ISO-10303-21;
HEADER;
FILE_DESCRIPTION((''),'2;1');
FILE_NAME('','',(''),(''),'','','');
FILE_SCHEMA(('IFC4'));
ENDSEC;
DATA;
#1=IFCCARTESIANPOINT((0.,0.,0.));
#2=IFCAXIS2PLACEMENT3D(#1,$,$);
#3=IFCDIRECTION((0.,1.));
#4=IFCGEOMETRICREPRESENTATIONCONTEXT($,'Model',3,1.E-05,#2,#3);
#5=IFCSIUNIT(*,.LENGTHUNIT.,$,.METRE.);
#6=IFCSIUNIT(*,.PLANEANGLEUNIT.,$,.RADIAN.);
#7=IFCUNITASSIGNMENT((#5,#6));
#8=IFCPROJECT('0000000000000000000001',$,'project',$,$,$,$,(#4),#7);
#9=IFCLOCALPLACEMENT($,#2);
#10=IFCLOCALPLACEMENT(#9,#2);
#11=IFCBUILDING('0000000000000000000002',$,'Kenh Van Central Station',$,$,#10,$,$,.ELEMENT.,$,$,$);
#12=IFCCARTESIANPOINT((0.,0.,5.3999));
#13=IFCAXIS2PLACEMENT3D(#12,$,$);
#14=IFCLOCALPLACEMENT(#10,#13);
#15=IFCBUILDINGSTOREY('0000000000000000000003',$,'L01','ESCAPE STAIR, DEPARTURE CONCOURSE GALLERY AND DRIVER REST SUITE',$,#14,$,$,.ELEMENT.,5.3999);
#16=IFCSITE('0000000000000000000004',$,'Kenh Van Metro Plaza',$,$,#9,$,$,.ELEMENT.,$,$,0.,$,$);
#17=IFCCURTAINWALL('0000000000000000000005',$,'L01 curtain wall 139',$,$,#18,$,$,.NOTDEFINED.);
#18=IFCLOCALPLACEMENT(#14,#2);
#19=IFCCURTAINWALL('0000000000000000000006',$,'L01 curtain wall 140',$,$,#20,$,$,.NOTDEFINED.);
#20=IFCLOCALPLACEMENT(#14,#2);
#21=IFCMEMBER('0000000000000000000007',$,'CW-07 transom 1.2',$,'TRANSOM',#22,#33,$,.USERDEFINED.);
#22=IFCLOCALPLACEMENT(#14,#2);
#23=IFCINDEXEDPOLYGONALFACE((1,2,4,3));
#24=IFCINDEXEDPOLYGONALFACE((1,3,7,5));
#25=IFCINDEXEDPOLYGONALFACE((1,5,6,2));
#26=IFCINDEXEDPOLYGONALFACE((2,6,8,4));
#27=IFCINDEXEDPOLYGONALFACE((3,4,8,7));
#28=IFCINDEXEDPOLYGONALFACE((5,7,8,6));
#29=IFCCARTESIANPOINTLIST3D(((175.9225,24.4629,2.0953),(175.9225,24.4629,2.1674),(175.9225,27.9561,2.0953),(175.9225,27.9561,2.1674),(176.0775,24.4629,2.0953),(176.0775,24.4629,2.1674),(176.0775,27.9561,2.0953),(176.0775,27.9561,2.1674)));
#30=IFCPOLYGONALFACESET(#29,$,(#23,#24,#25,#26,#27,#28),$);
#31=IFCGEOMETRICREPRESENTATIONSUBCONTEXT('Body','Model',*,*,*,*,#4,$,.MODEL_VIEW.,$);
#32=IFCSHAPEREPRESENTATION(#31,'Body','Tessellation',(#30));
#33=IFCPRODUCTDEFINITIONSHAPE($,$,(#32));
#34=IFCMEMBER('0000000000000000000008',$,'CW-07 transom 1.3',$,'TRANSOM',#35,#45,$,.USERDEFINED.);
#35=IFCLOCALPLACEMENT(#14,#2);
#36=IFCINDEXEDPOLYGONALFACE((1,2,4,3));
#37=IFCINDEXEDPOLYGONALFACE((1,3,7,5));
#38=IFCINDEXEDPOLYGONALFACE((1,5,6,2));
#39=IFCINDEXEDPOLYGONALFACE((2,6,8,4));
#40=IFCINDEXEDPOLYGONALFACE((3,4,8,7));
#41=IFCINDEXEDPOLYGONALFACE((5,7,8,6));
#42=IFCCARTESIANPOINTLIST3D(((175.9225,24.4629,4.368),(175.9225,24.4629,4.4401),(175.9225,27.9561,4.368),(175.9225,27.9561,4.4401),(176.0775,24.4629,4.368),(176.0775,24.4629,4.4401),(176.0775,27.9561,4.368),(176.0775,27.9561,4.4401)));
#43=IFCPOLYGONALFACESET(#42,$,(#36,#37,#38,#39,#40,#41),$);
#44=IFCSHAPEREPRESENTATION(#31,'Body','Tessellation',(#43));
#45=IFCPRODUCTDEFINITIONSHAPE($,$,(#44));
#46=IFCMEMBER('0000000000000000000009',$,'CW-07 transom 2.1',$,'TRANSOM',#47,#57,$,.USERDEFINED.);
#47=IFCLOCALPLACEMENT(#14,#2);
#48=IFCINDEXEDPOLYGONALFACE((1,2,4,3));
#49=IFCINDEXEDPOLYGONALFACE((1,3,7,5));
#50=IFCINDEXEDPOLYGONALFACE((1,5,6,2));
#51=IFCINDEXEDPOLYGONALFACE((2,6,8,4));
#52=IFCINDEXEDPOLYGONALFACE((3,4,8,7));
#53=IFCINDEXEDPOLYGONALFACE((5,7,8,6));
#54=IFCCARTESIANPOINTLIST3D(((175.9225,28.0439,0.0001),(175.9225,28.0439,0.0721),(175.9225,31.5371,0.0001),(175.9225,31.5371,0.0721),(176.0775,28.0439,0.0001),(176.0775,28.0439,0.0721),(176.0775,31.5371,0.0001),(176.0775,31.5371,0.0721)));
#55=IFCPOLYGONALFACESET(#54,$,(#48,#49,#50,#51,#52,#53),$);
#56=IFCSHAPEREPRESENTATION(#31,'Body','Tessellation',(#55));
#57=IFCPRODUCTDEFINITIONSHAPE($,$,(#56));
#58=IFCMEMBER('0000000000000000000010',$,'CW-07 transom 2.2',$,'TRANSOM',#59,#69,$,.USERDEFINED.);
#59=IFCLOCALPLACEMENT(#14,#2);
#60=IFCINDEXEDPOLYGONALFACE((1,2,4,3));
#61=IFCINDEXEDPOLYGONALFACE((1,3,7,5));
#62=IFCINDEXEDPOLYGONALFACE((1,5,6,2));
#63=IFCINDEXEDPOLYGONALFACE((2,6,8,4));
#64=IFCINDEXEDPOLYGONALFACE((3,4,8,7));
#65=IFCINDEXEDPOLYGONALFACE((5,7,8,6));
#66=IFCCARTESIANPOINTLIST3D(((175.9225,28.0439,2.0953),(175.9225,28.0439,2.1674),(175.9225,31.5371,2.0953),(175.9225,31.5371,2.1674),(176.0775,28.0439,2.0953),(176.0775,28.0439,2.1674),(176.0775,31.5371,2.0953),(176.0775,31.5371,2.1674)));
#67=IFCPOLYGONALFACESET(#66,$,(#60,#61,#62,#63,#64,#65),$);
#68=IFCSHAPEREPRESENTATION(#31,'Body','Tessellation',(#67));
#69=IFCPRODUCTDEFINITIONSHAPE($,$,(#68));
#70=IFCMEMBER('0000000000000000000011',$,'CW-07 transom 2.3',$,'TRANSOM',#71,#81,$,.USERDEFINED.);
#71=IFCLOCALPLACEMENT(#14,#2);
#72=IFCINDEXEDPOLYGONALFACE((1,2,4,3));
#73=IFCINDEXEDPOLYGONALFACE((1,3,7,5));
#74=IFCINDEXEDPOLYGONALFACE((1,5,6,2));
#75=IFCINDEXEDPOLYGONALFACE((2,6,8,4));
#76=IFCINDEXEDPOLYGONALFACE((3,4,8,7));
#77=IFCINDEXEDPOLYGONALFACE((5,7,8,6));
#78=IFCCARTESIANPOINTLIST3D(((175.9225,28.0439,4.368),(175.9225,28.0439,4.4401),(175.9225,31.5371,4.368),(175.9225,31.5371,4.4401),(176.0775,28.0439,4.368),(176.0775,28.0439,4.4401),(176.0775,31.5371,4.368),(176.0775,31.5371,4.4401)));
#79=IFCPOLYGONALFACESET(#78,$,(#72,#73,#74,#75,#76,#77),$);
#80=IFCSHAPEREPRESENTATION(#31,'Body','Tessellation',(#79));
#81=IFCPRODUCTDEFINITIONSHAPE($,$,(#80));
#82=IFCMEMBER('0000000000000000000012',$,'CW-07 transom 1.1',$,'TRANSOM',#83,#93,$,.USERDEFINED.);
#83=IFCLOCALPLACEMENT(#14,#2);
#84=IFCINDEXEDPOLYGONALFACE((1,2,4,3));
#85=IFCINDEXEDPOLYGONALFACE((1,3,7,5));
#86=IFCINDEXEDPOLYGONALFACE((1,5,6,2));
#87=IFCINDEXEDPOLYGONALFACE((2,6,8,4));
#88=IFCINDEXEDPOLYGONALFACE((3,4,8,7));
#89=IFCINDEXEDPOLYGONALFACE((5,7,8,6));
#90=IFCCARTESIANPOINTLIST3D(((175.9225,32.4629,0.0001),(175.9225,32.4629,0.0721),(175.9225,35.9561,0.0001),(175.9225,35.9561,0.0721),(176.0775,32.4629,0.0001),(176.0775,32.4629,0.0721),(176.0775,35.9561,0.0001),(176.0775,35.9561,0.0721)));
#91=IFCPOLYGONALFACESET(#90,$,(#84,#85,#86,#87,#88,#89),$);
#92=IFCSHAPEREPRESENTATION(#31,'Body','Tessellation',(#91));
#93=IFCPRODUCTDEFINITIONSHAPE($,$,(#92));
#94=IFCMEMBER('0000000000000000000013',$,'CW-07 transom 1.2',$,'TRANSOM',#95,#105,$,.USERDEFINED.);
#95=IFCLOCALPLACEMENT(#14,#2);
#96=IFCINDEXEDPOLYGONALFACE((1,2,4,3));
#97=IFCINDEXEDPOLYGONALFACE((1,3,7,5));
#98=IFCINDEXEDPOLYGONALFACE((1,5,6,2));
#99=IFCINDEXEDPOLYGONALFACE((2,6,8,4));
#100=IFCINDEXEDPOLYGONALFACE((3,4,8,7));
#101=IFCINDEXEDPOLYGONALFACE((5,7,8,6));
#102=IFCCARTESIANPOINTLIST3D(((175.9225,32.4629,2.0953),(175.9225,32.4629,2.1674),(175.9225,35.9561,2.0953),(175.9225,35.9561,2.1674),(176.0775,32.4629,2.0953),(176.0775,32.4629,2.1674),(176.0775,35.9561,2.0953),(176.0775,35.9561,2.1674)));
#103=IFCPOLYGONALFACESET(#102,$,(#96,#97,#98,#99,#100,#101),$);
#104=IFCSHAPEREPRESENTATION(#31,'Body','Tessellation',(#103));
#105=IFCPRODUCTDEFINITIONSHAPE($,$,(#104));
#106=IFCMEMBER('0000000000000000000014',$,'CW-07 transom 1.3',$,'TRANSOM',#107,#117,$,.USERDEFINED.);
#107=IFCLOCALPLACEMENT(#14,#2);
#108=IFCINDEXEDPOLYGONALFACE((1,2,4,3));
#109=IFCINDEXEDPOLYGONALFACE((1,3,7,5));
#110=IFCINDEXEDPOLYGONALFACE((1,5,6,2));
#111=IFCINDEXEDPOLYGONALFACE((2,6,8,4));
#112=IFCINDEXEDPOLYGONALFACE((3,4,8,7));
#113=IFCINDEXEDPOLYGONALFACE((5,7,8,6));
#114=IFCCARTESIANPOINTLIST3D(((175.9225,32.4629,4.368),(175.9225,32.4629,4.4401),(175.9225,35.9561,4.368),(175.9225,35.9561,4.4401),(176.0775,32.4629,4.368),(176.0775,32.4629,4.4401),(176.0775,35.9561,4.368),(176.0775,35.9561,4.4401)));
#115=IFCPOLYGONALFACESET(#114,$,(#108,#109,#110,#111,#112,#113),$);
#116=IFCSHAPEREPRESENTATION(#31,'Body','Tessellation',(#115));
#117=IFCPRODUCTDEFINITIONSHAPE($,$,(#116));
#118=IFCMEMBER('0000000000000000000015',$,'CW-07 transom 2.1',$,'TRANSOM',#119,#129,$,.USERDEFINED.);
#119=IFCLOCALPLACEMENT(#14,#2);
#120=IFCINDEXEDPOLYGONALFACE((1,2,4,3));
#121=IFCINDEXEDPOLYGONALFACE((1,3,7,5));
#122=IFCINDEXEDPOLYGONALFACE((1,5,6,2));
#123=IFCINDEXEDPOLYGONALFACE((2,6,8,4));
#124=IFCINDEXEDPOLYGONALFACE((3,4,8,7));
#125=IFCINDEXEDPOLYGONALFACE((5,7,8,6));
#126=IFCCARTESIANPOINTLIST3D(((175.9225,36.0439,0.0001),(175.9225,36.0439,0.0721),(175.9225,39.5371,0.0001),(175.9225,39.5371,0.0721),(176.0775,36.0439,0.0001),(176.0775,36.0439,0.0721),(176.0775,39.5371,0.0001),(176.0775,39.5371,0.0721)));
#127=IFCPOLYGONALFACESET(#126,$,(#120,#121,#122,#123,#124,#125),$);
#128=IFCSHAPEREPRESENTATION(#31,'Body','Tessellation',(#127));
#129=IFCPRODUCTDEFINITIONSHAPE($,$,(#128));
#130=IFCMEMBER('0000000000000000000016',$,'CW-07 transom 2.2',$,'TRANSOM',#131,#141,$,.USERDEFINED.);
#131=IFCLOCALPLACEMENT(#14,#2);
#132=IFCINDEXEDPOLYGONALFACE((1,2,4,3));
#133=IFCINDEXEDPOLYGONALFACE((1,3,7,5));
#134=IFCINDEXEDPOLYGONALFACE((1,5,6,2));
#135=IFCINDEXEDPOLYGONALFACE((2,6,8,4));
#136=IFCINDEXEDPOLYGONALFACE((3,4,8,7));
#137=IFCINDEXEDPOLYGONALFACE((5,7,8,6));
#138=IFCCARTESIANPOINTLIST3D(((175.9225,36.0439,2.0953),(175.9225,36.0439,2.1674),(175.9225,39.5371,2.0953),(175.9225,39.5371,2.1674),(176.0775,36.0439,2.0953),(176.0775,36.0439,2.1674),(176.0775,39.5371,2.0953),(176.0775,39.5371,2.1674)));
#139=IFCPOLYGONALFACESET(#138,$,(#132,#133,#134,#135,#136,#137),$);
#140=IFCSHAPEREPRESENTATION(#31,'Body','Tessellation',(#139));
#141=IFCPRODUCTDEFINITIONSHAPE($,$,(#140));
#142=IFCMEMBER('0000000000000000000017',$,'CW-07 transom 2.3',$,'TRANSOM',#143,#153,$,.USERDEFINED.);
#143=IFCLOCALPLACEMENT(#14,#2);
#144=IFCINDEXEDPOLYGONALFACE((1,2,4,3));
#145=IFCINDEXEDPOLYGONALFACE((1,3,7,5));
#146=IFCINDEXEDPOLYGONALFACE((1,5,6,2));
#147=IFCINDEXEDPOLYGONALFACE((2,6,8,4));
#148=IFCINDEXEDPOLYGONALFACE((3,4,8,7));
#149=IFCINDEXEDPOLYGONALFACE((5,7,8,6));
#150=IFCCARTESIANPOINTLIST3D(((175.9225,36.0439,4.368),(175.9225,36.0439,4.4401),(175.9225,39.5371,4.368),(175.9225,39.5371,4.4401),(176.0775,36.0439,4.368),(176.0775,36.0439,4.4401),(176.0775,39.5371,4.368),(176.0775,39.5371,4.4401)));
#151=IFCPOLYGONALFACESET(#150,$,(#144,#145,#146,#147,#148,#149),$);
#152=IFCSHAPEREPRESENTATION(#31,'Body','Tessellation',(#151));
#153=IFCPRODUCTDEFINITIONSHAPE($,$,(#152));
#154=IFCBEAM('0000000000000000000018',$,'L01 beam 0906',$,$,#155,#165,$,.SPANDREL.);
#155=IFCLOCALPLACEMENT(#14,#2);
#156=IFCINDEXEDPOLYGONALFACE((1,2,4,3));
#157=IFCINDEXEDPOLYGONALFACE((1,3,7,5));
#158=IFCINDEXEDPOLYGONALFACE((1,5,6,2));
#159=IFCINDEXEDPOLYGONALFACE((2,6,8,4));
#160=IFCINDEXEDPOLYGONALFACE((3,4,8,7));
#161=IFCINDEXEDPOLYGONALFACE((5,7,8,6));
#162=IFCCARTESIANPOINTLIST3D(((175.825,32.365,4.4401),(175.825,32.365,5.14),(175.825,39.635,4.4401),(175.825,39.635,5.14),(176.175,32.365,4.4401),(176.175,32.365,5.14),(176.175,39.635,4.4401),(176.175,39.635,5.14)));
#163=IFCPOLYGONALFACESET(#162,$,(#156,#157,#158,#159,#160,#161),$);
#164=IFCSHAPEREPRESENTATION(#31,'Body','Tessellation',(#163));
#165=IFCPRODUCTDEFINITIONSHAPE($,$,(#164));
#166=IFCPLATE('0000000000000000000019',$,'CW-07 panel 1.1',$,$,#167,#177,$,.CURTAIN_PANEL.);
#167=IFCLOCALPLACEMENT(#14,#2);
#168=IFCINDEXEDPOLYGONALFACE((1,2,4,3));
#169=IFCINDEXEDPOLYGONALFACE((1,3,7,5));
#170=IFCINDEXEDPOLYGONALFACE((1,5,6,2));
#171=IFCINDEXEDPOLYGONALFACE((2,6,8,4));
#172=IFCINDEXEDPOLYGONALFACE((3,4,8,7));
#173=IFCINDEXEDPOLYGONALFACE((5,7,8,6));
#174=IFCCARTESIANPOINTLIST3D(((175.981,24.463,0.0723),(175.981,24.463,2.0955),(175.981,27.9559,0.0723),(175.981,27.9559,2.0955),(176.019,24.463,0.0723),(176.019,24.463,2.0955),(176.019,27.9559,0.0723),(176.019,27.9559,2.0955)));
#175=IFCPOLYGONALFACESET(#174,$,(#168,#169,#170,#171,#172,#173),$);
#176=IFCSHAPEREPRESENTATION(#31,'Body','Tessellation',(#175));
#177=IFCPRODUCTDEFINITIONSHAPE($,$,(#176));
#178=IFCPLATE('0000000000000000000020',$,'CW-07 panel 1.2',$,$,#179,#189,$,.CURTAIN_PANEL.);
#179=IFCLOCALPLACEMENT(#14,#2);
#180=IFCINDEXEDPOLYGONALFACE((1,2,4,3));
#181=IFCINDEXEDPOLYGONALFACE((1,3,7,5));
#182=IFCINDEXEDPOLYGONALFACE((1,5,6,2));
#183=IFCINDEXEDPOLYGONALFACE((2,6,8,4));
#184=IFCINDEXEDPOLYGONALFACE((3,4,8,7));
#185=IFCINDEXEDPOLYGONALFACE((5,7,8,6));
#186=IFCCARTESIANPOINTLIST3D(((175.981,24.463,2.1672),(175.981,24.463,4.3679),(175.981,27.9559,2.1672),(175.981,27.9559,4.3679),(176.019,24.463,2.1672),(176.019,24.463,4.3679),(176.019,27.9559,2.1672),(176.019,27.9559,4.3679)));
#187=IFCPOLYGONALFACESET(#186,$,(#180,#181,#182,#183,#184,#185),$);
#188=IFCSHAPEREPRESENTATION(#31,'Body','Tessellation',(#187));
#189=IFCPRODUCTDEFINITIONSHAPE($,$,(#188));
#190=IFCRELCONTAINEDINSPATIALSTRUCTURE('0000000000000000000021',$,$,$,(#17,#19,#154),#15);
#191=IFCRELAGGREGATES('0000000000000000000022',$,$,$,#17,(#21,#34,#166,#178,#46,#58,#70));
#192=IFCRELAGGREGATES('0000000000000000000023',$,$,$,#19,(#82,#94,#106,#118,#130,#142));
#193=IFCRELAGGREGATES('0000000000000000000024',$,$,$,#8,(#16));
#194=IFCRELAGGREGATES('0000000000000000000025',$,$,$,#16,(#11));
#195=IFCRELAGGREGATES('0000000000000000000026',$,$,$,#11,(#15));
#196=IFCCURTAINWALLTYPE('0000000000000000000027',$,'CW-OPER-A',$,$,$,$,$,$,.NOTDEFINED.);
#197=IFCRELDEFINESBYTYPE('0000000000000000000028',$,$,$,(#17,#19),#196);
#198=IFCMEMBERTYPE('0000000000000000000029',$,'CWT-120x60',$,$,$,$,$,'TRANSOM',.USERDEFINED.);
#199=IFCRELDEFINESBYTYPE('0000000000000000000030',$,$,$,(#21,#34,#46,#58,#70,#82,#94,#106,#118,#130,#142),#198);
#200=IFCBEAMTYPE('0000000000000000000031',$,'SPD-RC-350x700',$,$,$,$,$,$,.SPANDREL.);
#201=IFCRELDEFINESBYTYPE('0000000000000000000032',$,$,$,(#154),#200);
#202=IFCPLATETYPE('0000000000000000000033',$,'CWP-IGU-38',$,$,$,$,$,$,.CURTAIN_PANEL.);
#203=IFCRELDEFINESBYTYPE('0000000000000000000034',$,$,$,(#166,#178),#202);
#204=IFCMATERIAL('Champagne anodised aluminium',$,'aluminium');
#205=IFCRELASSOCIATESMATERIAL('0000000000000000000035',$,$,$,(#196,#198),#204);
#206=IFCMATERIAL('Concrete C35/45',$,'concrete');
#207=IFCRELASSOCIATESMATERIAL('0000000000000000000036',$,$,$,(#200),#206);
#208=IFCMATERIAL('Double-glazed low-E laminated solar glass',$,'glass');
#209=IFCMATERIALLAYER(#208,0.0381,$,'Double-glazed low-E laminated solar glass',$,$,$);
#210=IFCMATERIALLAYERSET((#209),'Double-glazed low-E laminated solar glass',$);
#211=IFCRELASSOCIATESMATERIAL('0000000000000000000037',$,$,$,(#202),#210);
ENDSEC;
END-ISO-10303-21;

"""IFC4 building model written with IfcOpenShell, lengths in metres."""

from ifc_helpers import new_model, si_unit, direction, frame, origin, origin_2d, place, context, subcontext, project, spatial, rectangle, extrude, material, layer, layer_set, material_profile, profile_set, type_object, element, aggregate, save


model = new_model("IFC4")

# Units and contexts
model_context = context("Model", 3, precision=1e-05, world=origin(), true_north=direction((0.0, 1.0)))
body_context = subcontext(model_context, "Body", "Model", "MODEL_VIEW")
ifc_project = project(units=[si_unit("LENGTHUNIT", "METRE"), si_unit("PLANEANGLEUNIT", "RADIAN")], contexts=[model_context])

# Site, building, storey
site_placement = place(None, origin())
site = spatial("IfcSite", under=ifc_project, at=site_placement, Name="Kenh Van Metro Plaza", CompositionType="ELEMENT", RefElevation=0.0)
building_placement = place(site_placement, origin())
building = spatial("IfcBuilding", under=site, at=building_placement, Name="Kenh Van Central Station", CompositionType="ELEMENT")
storey_placement = place(building_placement, frame((0.0, 0.0, 5.3999)))
storey = spatial("IfcBuildingStorey", under=building, at=storey_placement, Name="L01", Description="ESCAPE STAIR, DEPARTURE CONCOURSE GALLERY AND DRIVER REST SUITE", CompositionType="ELEMENT", Elevation=5.3999)

# Shared definitions
ifc_material_1 = material(Name="Concrete C35/45", Category="concrete")

# Curtain walls
ifc_material_2 = material(Name="Champagne anodised aluminium", Category="aluminium")
curtain_wall_type = type_object("IfcCurtainWallType", Name="CW-OPER-A", PredefinedType="NOTDEFINED", material=ifc_material_2)
curtain_wall_1_placement = place(storey_placement, origin())
curtain_wall_1 = element("IfcCurtainWall", 1, at=curtain_wall_1_placement, inside=storey, type_object=curtain_wall_type, Name="L01 curtain wall 139", PredefinedType="NOTDEFINED")
curtain_wall_2_placement = place(storey_placement, origin())
curtain_wall_2 = element("IfcCurtainWall", 2, at=curtain_wall_2_placement, inside=storey, type_object=curtain_wall_type, Name="L01 curtain wall 140", PredefinedType="NOTDEFINED")

# Members
ifc_material_profile_1 = material_profile(ifc_material_2, rectangle(XDim=0.155, YDim=0.072, at=origin_2d()), Name="AL 155x72")
ifc_profile_set_1 = profile_set([ifc_material_profile_1], Name="Champagne anodised aluminium")
member_type_1 = type_object("IfcMemberType", Name="CWT-120x60", ElementType="TRANSOM", PredefinedType="USERDEFINED", material=ifc_profile_set_1)
member_1_placement = place(storey_placement, frame((176.0, 24.4629, 2.1313), z_axis=(0.0, 1.0, 0.0), x_axis=(-1.0, 0.0, 0.0)))
member_1 = element("IfcMember", 3, at=member_1_placement, type_object=member_type_1, Name="CW-07 transom 1.2", ObjectType="TRANSOM", PredefinedType="USERDEFINED", context=body_context, shape_type="SweptSolid", body=[
    extrude(rectangle(XDim=0.155, YDim=0.072, at=origin_2d()), origin(), (0.0, 0.0, 1.0), 3.4932),
])
member_2_placement = place(storey_placement, frame((176.0, 24.4629, 4.4041), z_axis=(0.0, 1.0, 0.0), x_axis=(-1.0, 0.0, 0.0)))
member_2 = element("IfcMember", 4, at=member_2_placement, type_object=member_type_1, Name="CW-07 transom 1.3", ObjectType="TRANSOM", PredefinedType="USERDEFINED", context=body_context, shape_type="SweptSolid", body=[
    extrude(rectangle(XDim=0.155, YDim=0.072, at=origin_2d()), origin(), (0.0, 0.0, 1.0), 3.4932),
])
member_3_placement = place(storey_placement, frame((176.0, 28.0439, 0.0361), z_axis=(0.0, 1.0, 0.0), x_axis=(-1.0, 0.0, 0.0)))
member_3 = element("IfcMember", 5, at=member_3_placement, type_object=member_type_1, Name="CW-07 transom 2.1", ObjectType="TRANSOM", PredefinedType="USERDEFINED", context=body_context, shape_type="SweptSolid", body=[
    extrude(rectangle(XDim=0.155, YDim=0.072, at=origin_2d()), origin(), (0.0, 0.0, 1.0), 3.4932),
])
member_4_placement = place(storey_placement, frame((176.0, 28.0439, 2.1313), z_axis=(0.0, 1.0, 0.0), x_axis=(-1.0, 0.0, 0.0)))
member_4 = element("IfcMember", 6, at=member_4_placement, type_object=member_type_1, Name="CW-07 transom 2.2", ObjectType="TRANSOM", PredefinedType="USERDEFINED", context=body_context, shape_type="SweptSolid", body=[
    extrude(rectangle(XDim=0.155, YDim=0.072, at=origin_2d()), origin(), (0.0, 0.0, 1.0), 3.4932),
])
member_5_placement = place(storey_placement, frame((176.0, 28.0439, 4.4041), z_axis=(0.0, 1.0, 0.0), x_axis=(-1.0, 0.0, 0.0)))
member_5 = element("IfcMember", 7, at=member_5_placement, type_object=member_type_1, Name="CW-07 transom 2.3", ObjectType="TRANSOM", PredefinedType="USERDEFINED", context=body_context, shape_type="SweptSolid", body=[
    extrude(rectangle(XDim=0.155, YDim=0.072, at=origin_2d()), origin(), (0.0, 0.0, 1.0), 3.4932),
])
member_6_placement = place(storey_placement, frame((176.0, 32.4629, 0.0361), z_axis=(0.0, 1.0, 0.0), x_axis=(-1.0, 0.0, 0.0)))
member_6 = element("IfcMember", 8, at=member_6_placement, type_object=member_type_1, Name="CW-07 transom 1.1", ObjectType="TRANSOM", PredefinedType="USERDEFINED", context=body_context, shape_type="SweptSolid", body=[
    extrude(rectangle(XDim=0.155, YDim=0.072, at=origin_2d()), origin(), (0.0, 0.0, 1.0), 3.4932),
])
member_7_placement = place(storey_placement, frame((176.0, 32.4629, 2.1313), z_axis=(0.0, 1.0, 0.0), x_axis=(-1.0, 0.0, 0.0)))
member_7 = element("IfcMember", 9, at=member_7_placement, type_object=member_type_1, Name="CW-07 transom 1.2", ObjectType="TRANSOM", PredefinedType="USERDEFINED", context=body_context, shape_type="SweptSolid", body=[
    extrude(rectangle(XDim=0.155, YDim=0.072, at=origin_2d()), origin(), (0.0, 0.0, 1.0), 3.4932),
])
member_8_placement = place(storey_placement, frame((176.0, 32.4629, 4.4041), z_axis=(0.0, 1.0, 0.0), x_axis=(-1.0, 0.0, 0.0)))
member_8 = element("IfcMember", 10, at=member_8_placement, type_object=member_type_1, Name="CW-07 transom 1.3", ObjectType="TRANSOM", PredefinedType="USERDEFINED", context=body_context, shape_type="SweptSolid", body=[
    extrude(rectangle(XDim=0.155, YDim=0.072, at=origin_2d()), origin(), (0.0, 0.0, 1.0), 3.4932),
])
member_9_placement = place(storey_placement, frame((176.0, 36.0439, 0.0361), z_axis=(0.0, 1.0, 0.0), x_axis=(-1.0, 0.0, 0.0)))
member_9 = element("IfcMember", 11, at=member_9_placement, type_object=member_type_1, Name="CW-07 transom 2.1", ObjectType="TRANSOM", PredefinedType="USERDEFINED", context=body_context, shape_type="SweptSolid", body=[
    extrude(rectangle(XDim=0.155, YDim=0.072, at=origin_2d()), origin(), (0.0, 0.0, 1.0), 3.4932),
])
member_10_placement = place(storey_placement, frame((176.0, 36.0439, 2.1313), z_axis=(0.0, 1.0, 0.0), x_axis=(-1.0, 0.0, 0.0)))
member_10 = element("IfcMember", 12, at=member_10_placement, type_object=member_type_1, Name="CW-07 transom 2.2", ObjectType="TRANSOM", PredefinedType="USERDEFINED", context=body_context, shape_type="SweptSolid", body=[
    extrude(rectangle(XDim=0.155, YDim=0.072, at=origin_2d()), origin(), (0.0, 0.0, 1.0), 3.4932),
])
member_11_placement = place(storey_placement, frame((176.0, 36.0439, 4.4041), z_axis=(0.0, 1.0, 0.0), x_axis=(-1.0, 0.0, 0.0)))
member_11 = element("IfcMember", 13, at=member_11_placement, type_object=member_type_1, Name="CW-07 transom 2.3", ObjectType="TRANSOM", PredefinedType="USERDEFINED", context=body_context, shape_type="SweptSolid", body=[
    extrude(rectangle(XDim=0.155, YDim=0.072, at=origin_2d()), origin(), (0.0, 0.0, 1.0), 3.4932),
])

# Beam
ifc_material_profile_2 = material_profile(ifc_material_1, rectangle(XDim=0.3501, YDim=0.7, at=origin_2d()), Name="RC 350x700")
ifc_profile_set_2 = profile_set([ifc_material_profile_2], Name="Concrete C35/45")
beam_type_1 = type_object("IfcBeamType", Name="SPD-RC-350x700", PredefinedType="SPANDREL", material=ifc_profile_set_2)
beam_placement = place(storey_placement, frame((176.0, 32.365, 4.79), z_axis=(0.0, 1.0, 0.0), x_axis=(-1.0, 0.0, 0.0)))
element("IfcBeam", 14, at=beam_placement, inside=storey, type_object=beam_type_1, Name="L01 beam 0906", PredefinedType="SPANDREL", context=body_context, shape_type="SweptSolid", body=[
    extrude(rectangle(XDim=0.3501, YDim=0.7, at=origin_2d()), origin(), (0.0, 0.0, 1.0), 7.27),
])

# Plates
ifc_material_3 = material(Name="Double-glazed low-E laminated solar glass", Category="glass")
ifc_layer = layer(ifc_material_3, 0.0381, Name="Double-glazed low-E laminated solar glass")
ifc_layer_set = layer_set([ifc_layer], Name="Double-glazed low-E laminated solar glass")
plate_type = type_object("IfcPlateType", Name="CWP-IGU-38", PredefinedType="CURTAIN_PANEL", material=ifc_layer_set)
plate_1_placement = place(storey_placement, frame((176.0, 26.2095, 0.0723), z_axis=(0.0, 0.0, 1.0), x_axis=(0.0, 1.0, 0.0)))
plate_1 = element("IfcPlate", 15, at=plate_1_placement, type_object=plate_type, Name="CW-07 panel 1.1", PredefinedType="CURTAIN_PANEL", context=body_context, shape_type="SweptSolid", body=[
    extrude(rectangle(XDim=3.4929, YDim=0.0381, at=origin_2d()), origin(), (0.0, 0.0, 1.0), 2.0232),
])
plate_2_placement = place(storey_placement, frame((176.0, 26.2095, 2.1672), z_axis=(0.0, 0.0, 1.0), x_axis=(0.0, 1.0, 0.0)))
plate_2 = element("IfcPlate", 16, at=plate_2_placement, type_object=plate_type, Name="CW-07 panel 1.2", PredefinedType="CURTAIN_PANEL", context=body_context, shape_type="SweptSolid", body=[
    extrude(rectangle(XDim=3.4929, YDim=0.0381, at=origin_2d()), origin(), (0.0, 0.0, 1.0), 2.2007),
])
aggregate(curtain_wall_1, [member_1, member_2, plate_1, plate_2, member_3, member_4, member_5])
aggregate(curtain_wall_2, [member_6, member_7, member_8, member_9, member_10, member_11])

save(model, "model.ifc")
